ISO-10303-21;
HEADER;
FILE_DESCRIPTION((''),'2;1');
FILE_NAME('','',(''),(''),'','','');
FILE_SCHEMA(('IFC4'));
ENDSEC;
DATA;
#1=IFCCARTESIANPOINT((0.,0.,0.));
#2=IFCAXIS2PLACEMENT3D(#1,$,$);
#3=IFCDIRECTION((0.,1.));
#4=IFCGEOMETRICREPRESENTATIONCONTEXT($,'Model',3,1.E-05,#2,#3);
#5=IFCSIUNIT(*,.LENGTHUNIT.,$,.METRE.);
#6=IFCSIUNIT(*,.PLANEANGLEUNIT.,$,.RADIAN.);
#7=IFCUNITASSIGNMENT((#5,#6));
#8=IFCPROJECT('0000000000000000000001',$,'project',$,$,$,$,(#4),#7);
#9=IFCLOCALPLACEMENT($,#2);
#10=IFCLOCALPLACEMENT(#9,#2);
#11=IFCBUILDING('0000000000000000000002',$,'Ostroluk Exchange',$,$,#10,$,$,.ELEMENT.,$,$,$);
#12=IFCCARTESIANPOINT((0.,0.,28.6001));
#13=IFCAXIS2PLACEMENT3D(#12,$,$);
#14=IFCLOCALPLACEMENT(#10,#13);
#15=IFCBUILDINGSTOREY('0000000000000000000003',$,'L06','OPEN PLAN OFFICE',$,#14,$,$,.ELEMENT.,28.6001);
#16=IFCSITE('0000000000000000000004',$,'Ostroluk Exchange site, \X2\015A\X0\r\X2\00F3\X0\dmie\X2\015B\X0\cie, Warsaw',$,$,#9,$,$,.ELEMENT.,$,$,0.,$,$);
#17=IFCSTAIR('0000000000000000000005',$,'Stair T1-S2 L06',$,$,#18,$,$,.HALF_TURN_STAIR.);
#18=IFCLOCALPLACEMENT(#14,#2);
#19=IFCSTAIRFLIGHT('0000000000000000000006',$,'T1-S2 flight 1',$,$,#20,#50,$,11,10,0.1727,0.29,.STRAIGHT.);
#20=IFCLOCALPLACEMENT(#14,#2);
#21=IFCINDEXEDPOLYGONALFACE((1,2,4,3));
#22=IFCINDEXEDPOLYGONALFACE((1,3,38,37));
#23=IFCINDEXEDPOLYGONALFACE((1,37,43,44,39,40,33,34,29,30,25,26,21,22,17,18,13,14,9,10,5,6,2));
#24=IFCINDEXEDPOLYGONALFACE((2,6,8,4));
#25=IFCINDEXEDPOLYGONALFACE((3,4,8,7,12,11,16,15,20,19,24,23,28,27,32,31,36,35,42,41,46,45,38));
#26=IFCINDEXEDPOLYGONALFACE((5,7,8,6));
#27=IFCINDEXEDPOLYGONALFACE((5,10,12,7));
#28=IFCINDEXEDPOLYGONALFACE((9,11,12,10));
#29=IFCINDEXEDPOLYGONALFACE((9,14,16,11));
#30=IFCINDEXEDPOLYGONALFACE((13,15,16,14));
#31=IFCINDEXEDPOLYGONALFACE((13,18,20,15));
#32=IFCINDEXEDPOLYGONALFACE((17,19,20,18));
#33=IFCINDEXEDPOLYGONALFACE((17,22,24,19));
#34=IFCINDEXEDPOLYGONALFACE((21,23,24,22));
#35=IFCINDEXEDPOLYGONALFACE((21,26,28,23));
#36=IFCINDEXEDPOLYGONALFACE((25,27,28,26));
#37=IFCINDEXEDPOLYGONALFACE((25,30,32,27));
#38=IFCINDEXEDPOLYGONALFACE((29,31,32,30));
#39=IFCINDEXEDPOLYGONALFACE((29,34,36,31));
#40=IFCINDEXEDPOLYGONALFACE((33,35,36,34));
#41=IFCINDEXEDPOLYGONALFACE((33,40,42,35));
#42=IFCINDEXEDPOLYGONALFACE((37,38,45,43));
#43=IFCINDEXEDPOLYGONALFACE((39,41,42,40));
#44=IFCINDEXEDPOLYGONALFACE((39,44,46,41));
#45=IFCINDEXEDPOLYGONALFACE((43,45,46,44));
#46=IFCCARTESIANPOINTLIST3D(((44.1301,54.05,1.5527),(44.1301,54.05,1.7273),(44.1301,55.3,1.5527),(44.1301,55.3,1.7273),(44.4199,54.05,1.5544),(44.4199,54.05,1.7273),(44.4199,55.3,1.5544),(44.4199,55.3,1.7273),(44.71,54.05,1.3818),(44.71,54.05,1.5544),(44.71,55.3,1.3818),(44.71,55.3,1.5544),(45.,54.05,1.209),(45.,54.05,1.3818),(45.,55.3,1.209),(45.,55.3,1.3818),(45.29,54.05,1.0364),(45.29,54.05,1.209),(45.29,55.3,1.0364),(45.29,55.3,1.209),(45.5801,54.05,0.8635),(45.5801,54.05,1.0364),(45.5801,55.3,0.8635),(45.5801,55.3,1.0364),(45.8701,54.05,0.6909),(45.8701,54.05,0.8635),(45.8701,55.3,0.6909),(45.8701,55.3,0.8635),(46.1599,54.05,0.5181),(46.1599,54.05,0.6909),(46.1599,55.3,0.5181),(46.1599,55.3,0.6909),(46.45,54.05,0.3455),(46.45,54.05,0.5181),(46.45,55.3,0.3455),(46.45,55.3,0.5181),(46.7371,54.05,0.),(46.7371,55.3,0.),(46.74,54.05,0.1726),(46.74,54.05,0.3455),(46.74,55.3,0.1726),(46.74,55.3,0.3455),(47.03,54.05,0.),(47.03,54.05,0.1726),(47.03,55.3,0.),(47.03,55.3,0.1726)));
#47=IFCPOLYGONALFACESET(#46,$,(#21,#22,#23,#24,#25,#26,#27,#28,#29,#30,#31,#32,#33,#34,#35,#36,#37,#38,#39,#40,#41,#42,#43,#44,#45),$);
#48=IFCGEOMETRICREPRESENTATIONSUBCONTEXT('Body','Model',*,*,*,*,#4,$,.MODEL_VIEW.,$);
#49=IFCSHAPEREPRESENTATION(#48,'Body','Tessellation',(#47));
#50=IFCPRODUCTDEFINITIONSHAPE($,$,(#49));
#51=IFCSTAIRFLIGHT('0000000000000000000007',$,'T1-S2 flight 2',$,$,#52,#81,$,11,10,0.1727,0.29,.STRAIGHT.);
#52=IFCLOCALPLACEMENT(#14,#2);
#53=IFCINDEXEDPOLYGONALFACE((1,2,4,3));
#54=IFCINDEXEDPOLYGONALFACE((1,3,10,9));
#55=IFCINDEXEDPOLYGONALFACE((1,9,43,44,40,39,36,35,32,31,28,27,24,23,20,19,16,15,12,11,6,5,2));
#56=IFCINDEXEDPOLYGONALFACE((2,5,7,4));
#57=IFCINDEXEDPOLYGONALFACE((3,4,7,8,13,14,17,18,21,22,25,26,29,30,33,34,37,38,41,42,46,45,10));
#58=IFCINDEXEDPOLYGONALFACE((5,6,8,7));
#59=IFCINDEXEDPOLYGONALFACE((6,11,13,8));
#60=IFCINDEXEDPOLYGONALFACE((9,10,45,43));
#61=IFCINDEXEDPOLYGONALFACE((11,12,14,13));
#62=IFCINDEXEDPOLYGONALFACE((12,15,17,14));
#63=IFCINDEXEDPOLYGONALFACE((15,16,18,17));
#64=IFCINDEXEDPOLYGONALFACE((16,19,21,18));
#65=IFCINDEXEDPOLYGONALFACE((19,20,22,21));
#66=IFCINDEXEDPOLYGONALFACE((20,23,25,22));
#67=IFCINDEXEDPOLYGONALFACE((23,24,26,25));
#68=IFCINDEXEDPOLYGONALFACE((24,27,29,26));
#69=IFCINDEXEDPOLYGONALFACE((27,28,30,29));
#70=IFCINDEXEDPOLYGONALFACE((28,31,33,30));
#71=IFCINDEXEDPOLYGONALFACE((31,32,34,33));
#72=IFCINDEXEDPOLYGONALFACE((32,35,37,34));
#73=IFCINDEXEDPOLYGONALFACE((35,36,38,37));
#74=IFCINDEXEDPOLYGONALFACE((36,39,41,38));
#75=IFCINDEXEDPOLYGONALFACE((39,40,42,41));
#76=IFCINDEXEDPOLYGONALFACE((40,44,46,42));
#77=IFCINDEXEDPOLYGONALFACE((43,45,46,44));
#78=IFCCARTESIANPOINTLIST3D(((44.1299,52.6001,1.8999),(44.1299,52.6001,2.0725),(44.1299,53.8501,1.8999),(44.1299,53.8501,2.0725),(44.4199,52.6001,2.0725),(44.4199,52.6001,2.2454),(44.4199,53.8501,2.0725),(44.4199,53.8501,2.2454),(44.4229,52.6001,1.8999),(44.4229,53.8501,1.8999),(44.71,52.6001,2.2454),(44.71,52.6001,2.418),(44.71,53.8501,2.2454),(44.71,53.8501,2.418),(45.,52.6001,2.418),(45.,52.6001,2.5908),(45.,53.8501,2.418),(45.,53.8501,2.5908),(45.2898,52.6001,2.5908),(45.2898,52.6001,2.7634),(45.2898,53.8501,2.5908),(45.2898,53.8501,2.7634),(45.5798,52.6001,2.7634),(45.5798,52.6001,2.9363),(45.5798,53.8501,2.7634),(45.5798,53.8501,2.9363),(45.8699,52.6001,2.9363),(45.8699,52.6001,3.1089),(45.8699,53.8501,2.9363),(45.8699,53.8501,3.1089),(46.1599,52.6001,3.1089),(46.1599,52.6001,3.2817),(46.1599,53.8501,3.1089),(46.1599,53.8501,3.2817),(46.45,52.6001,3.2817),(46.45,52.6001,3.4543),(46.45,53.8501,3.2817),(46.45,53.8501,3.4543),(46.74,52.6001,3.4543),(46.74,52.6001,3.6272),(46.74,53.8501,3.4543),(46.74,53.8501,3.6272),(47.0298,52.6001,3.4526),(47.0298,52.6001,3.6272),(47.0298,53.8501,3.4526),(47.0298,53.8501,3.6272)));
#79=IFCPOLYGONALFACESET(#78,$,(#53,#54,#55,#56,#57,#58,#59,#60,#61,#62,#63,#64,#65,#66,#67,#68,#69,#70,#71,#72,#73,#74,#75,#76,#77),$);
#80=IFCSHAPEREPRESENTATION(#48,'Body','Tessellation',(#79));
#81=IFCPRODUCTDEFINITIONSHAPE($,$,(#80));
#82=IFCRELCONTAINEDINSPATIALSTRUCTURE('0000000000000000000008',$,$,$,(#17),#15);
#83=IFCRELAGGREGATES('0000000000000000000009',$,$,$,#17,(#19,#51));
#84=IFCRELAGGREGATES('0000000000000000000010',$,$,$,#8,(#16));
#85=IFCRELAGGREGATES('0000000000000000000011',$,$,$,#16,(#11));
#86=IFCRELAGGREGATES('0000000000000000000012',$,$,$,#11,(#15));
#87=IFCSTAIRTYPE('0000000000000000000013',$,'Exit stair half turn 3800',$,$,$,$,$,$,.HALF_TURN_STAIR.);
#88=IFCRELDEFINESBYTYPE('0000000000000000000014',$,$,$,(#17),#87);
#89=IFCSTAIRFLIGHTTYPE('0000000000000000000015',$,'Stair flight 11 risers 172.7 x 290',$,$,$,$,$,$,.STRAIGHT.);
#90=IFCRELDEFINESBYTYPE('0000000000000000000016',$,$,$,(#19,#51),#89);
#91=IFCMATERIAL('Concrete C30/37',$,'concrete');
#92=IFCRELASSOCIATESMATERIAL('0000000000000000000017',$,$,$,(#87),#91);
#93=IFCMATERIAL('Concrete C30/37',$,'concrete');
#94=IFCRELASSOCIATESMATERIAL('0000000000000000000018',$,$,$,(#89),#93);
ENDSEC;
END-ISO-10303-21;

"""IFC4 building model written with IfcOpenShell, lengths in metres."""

from ifc_helpers import new_model, si_unit, direction, frame, origin, place, context, subcontext, project, spatial, polyline, outline, extrude, material, type_object, element, aggregate, save


model = new_model("IFC4")

# Units and contexts
model_context = context("Model", 3, precision=1e-05, world=origin(), true_north=direction((0.0, 1.0)))
body_context = subcontext(model_context, "Body", "Model", "MODEL_VIEW")
ifc_project = project(units=[si_unit("LENGTHUNIT", "METRE"), si_unit("PLANEANGLEUNIT", "RADIAN")], contexts=[model_context])

# Site, building, storey
site_placement = place(None, origin())
site = spatial("IfcSite", under=ifc_project, at=site_placement, Name="Ostroluk Exchange site, Śródmieście, Warsaw", CompositionType="ELEMENT", RefElevation=0.0)
building_placement = place(site_placement, origin())
building = spatial("IfcBuilding", under=site, at=building_placement, Name="Ostroluk Exchange", CompositionType="ELEMENT")
storey_placement = place(building_placement, frame((0.0, 0.0, 28.6001)))
storey = spatial("IfcBuildingStorey", under=building, at=storey_placement, Name="L06", Description="OPEN PLAN OFFICE", CompositionType="ELEMENT", Elevation=28.6001)

# Stair, stair flights
ifc_material_1 = material(Name="Concrete C30/37", Category="concrete")
stair_type = type_object("IfcStairType", Name="Exit stair half turn 3800", PredefinedType="HALF_TURN_STAIR", material=ifc_material_1)
stair_placement = place(storey_placement, origin())
stair = element("IfcStair", 1, at=stair_placement, inside=storey, type_object=stair_type, Name="Stair T1-S2 L06", PredefinedType="HALF_TURN_STAIR")
ifc_material_2 = material(Name="Concrete C30/37", Category="concrete")
stair_flight_type = type_object("IfcStairFlightType", Name="Stair flight 11 risers 172.7 x 290", PredefinedType="STRAIGHT", material=ifc_material_2)
stair_flight_1_placement = place(storey_placement, frame((47.03, 54.675, 0.0), z_axis=(0.0, 0.0, 1.0), x_axis=(-1.0, 0.0, 0.0)))
stair_flight_1 = element("IfcStairFlight", 2, at=stair_flight_1_placement, type_object=stair_flight_type, Name="T1-S2 flight 1", NumberOfRisers=11, NumberOfTreads=10, PredefinedType="STRAIGHT", RiserHeight=0.1727, TreadLength=0.29, context=body_context, shape_type="SweptSolid", body=[
    extrude(outline(polyline([(0.0, 0.0), (0.0, 0.1726), (0.29, 0.1726), (0.29, 0.3455), (0.5801, 0.3455), (0.5801, 0.5181), (0.8701, 0.5181), (0.8701, 0.6909), (1.1599, 0.6909), (1.1599, 0.8635), (1.45, 0.8635), (1.45, 1.0364), (1.74, 1.0364), (1.74, 1.209), (2.03, 1.209), (2.03, 1.3818), (2.3201, 1.3818), (2.3201, 1.5544), (2.6101, 1.5544), (2.6101, 1.7273), (2.8999, 1.7273), (2.8999, 1.8999), (2.8999, 1.5527), (0.293, 0.0), (0.0, 0.0)])), frame((0.0, 0.625, 0.0), z_axis=(0.0, -1.0, 0.0), x_axis=(1.0, 0.0, 0.0)), (0.0, 0.0, 1.0), 1.25),
])
stair_flight_2_placement = place(storey_placement, frame((44.1299, 53.2251, 1.8999), z_axis=(0.0, 0.0, 1.0), x_axis=(1.0, 0.0, 0.0)))
stair_flight_2 = element("IfcStairFlight", 3, at=stair_flight_2_placement, type_object=stair_flight_type, Name="T1-S2 flight 2", NumberOfRisers=11, NumberOfTreads=10, PredefinedType="STRAIGHT", RiserHeight=0.1727, TreadLength=0.29, context=body_context, shape_type="SweptSolid", body=[
    extrude(outline(polyline([(0.0, 0.0), (0.0, 0.1726), (0.29, 0.1726), (0.29, 0.3455), (0.5801, 0.3455), (0.5801, 0.5181), (0.8701, 0.5181), (0.8701, 0.6909), (1.1599, 0.6909), (1.1599, 0.8635), (1.45, 0.8635), (1.45, 1.0364), (1.74, 1.0364), (1.74, 1.209), (2.03, 1.209), (2.03, 1.3818), (2.3201, 1.3818), (2.3201, 1.5544), (2.6101, 1.5544), (2.6101, 1.7273), (2.8999, 1.7273), (2.8999, 1.8999), (2.8999, 1.5527), (0.293, 0.0), (0.0, 0.0)])), frame((0.0, 0.625, 0.0), z_axis=(0.0, -1.0, 0.0), x_axis=(1.0, 0.0, 0.0)), (0.0, 0.0, 1.0), 1.25),
])
aggregate(stair, [stair_flight_1, stair_flight_2])

save(model, "model.ifc")
